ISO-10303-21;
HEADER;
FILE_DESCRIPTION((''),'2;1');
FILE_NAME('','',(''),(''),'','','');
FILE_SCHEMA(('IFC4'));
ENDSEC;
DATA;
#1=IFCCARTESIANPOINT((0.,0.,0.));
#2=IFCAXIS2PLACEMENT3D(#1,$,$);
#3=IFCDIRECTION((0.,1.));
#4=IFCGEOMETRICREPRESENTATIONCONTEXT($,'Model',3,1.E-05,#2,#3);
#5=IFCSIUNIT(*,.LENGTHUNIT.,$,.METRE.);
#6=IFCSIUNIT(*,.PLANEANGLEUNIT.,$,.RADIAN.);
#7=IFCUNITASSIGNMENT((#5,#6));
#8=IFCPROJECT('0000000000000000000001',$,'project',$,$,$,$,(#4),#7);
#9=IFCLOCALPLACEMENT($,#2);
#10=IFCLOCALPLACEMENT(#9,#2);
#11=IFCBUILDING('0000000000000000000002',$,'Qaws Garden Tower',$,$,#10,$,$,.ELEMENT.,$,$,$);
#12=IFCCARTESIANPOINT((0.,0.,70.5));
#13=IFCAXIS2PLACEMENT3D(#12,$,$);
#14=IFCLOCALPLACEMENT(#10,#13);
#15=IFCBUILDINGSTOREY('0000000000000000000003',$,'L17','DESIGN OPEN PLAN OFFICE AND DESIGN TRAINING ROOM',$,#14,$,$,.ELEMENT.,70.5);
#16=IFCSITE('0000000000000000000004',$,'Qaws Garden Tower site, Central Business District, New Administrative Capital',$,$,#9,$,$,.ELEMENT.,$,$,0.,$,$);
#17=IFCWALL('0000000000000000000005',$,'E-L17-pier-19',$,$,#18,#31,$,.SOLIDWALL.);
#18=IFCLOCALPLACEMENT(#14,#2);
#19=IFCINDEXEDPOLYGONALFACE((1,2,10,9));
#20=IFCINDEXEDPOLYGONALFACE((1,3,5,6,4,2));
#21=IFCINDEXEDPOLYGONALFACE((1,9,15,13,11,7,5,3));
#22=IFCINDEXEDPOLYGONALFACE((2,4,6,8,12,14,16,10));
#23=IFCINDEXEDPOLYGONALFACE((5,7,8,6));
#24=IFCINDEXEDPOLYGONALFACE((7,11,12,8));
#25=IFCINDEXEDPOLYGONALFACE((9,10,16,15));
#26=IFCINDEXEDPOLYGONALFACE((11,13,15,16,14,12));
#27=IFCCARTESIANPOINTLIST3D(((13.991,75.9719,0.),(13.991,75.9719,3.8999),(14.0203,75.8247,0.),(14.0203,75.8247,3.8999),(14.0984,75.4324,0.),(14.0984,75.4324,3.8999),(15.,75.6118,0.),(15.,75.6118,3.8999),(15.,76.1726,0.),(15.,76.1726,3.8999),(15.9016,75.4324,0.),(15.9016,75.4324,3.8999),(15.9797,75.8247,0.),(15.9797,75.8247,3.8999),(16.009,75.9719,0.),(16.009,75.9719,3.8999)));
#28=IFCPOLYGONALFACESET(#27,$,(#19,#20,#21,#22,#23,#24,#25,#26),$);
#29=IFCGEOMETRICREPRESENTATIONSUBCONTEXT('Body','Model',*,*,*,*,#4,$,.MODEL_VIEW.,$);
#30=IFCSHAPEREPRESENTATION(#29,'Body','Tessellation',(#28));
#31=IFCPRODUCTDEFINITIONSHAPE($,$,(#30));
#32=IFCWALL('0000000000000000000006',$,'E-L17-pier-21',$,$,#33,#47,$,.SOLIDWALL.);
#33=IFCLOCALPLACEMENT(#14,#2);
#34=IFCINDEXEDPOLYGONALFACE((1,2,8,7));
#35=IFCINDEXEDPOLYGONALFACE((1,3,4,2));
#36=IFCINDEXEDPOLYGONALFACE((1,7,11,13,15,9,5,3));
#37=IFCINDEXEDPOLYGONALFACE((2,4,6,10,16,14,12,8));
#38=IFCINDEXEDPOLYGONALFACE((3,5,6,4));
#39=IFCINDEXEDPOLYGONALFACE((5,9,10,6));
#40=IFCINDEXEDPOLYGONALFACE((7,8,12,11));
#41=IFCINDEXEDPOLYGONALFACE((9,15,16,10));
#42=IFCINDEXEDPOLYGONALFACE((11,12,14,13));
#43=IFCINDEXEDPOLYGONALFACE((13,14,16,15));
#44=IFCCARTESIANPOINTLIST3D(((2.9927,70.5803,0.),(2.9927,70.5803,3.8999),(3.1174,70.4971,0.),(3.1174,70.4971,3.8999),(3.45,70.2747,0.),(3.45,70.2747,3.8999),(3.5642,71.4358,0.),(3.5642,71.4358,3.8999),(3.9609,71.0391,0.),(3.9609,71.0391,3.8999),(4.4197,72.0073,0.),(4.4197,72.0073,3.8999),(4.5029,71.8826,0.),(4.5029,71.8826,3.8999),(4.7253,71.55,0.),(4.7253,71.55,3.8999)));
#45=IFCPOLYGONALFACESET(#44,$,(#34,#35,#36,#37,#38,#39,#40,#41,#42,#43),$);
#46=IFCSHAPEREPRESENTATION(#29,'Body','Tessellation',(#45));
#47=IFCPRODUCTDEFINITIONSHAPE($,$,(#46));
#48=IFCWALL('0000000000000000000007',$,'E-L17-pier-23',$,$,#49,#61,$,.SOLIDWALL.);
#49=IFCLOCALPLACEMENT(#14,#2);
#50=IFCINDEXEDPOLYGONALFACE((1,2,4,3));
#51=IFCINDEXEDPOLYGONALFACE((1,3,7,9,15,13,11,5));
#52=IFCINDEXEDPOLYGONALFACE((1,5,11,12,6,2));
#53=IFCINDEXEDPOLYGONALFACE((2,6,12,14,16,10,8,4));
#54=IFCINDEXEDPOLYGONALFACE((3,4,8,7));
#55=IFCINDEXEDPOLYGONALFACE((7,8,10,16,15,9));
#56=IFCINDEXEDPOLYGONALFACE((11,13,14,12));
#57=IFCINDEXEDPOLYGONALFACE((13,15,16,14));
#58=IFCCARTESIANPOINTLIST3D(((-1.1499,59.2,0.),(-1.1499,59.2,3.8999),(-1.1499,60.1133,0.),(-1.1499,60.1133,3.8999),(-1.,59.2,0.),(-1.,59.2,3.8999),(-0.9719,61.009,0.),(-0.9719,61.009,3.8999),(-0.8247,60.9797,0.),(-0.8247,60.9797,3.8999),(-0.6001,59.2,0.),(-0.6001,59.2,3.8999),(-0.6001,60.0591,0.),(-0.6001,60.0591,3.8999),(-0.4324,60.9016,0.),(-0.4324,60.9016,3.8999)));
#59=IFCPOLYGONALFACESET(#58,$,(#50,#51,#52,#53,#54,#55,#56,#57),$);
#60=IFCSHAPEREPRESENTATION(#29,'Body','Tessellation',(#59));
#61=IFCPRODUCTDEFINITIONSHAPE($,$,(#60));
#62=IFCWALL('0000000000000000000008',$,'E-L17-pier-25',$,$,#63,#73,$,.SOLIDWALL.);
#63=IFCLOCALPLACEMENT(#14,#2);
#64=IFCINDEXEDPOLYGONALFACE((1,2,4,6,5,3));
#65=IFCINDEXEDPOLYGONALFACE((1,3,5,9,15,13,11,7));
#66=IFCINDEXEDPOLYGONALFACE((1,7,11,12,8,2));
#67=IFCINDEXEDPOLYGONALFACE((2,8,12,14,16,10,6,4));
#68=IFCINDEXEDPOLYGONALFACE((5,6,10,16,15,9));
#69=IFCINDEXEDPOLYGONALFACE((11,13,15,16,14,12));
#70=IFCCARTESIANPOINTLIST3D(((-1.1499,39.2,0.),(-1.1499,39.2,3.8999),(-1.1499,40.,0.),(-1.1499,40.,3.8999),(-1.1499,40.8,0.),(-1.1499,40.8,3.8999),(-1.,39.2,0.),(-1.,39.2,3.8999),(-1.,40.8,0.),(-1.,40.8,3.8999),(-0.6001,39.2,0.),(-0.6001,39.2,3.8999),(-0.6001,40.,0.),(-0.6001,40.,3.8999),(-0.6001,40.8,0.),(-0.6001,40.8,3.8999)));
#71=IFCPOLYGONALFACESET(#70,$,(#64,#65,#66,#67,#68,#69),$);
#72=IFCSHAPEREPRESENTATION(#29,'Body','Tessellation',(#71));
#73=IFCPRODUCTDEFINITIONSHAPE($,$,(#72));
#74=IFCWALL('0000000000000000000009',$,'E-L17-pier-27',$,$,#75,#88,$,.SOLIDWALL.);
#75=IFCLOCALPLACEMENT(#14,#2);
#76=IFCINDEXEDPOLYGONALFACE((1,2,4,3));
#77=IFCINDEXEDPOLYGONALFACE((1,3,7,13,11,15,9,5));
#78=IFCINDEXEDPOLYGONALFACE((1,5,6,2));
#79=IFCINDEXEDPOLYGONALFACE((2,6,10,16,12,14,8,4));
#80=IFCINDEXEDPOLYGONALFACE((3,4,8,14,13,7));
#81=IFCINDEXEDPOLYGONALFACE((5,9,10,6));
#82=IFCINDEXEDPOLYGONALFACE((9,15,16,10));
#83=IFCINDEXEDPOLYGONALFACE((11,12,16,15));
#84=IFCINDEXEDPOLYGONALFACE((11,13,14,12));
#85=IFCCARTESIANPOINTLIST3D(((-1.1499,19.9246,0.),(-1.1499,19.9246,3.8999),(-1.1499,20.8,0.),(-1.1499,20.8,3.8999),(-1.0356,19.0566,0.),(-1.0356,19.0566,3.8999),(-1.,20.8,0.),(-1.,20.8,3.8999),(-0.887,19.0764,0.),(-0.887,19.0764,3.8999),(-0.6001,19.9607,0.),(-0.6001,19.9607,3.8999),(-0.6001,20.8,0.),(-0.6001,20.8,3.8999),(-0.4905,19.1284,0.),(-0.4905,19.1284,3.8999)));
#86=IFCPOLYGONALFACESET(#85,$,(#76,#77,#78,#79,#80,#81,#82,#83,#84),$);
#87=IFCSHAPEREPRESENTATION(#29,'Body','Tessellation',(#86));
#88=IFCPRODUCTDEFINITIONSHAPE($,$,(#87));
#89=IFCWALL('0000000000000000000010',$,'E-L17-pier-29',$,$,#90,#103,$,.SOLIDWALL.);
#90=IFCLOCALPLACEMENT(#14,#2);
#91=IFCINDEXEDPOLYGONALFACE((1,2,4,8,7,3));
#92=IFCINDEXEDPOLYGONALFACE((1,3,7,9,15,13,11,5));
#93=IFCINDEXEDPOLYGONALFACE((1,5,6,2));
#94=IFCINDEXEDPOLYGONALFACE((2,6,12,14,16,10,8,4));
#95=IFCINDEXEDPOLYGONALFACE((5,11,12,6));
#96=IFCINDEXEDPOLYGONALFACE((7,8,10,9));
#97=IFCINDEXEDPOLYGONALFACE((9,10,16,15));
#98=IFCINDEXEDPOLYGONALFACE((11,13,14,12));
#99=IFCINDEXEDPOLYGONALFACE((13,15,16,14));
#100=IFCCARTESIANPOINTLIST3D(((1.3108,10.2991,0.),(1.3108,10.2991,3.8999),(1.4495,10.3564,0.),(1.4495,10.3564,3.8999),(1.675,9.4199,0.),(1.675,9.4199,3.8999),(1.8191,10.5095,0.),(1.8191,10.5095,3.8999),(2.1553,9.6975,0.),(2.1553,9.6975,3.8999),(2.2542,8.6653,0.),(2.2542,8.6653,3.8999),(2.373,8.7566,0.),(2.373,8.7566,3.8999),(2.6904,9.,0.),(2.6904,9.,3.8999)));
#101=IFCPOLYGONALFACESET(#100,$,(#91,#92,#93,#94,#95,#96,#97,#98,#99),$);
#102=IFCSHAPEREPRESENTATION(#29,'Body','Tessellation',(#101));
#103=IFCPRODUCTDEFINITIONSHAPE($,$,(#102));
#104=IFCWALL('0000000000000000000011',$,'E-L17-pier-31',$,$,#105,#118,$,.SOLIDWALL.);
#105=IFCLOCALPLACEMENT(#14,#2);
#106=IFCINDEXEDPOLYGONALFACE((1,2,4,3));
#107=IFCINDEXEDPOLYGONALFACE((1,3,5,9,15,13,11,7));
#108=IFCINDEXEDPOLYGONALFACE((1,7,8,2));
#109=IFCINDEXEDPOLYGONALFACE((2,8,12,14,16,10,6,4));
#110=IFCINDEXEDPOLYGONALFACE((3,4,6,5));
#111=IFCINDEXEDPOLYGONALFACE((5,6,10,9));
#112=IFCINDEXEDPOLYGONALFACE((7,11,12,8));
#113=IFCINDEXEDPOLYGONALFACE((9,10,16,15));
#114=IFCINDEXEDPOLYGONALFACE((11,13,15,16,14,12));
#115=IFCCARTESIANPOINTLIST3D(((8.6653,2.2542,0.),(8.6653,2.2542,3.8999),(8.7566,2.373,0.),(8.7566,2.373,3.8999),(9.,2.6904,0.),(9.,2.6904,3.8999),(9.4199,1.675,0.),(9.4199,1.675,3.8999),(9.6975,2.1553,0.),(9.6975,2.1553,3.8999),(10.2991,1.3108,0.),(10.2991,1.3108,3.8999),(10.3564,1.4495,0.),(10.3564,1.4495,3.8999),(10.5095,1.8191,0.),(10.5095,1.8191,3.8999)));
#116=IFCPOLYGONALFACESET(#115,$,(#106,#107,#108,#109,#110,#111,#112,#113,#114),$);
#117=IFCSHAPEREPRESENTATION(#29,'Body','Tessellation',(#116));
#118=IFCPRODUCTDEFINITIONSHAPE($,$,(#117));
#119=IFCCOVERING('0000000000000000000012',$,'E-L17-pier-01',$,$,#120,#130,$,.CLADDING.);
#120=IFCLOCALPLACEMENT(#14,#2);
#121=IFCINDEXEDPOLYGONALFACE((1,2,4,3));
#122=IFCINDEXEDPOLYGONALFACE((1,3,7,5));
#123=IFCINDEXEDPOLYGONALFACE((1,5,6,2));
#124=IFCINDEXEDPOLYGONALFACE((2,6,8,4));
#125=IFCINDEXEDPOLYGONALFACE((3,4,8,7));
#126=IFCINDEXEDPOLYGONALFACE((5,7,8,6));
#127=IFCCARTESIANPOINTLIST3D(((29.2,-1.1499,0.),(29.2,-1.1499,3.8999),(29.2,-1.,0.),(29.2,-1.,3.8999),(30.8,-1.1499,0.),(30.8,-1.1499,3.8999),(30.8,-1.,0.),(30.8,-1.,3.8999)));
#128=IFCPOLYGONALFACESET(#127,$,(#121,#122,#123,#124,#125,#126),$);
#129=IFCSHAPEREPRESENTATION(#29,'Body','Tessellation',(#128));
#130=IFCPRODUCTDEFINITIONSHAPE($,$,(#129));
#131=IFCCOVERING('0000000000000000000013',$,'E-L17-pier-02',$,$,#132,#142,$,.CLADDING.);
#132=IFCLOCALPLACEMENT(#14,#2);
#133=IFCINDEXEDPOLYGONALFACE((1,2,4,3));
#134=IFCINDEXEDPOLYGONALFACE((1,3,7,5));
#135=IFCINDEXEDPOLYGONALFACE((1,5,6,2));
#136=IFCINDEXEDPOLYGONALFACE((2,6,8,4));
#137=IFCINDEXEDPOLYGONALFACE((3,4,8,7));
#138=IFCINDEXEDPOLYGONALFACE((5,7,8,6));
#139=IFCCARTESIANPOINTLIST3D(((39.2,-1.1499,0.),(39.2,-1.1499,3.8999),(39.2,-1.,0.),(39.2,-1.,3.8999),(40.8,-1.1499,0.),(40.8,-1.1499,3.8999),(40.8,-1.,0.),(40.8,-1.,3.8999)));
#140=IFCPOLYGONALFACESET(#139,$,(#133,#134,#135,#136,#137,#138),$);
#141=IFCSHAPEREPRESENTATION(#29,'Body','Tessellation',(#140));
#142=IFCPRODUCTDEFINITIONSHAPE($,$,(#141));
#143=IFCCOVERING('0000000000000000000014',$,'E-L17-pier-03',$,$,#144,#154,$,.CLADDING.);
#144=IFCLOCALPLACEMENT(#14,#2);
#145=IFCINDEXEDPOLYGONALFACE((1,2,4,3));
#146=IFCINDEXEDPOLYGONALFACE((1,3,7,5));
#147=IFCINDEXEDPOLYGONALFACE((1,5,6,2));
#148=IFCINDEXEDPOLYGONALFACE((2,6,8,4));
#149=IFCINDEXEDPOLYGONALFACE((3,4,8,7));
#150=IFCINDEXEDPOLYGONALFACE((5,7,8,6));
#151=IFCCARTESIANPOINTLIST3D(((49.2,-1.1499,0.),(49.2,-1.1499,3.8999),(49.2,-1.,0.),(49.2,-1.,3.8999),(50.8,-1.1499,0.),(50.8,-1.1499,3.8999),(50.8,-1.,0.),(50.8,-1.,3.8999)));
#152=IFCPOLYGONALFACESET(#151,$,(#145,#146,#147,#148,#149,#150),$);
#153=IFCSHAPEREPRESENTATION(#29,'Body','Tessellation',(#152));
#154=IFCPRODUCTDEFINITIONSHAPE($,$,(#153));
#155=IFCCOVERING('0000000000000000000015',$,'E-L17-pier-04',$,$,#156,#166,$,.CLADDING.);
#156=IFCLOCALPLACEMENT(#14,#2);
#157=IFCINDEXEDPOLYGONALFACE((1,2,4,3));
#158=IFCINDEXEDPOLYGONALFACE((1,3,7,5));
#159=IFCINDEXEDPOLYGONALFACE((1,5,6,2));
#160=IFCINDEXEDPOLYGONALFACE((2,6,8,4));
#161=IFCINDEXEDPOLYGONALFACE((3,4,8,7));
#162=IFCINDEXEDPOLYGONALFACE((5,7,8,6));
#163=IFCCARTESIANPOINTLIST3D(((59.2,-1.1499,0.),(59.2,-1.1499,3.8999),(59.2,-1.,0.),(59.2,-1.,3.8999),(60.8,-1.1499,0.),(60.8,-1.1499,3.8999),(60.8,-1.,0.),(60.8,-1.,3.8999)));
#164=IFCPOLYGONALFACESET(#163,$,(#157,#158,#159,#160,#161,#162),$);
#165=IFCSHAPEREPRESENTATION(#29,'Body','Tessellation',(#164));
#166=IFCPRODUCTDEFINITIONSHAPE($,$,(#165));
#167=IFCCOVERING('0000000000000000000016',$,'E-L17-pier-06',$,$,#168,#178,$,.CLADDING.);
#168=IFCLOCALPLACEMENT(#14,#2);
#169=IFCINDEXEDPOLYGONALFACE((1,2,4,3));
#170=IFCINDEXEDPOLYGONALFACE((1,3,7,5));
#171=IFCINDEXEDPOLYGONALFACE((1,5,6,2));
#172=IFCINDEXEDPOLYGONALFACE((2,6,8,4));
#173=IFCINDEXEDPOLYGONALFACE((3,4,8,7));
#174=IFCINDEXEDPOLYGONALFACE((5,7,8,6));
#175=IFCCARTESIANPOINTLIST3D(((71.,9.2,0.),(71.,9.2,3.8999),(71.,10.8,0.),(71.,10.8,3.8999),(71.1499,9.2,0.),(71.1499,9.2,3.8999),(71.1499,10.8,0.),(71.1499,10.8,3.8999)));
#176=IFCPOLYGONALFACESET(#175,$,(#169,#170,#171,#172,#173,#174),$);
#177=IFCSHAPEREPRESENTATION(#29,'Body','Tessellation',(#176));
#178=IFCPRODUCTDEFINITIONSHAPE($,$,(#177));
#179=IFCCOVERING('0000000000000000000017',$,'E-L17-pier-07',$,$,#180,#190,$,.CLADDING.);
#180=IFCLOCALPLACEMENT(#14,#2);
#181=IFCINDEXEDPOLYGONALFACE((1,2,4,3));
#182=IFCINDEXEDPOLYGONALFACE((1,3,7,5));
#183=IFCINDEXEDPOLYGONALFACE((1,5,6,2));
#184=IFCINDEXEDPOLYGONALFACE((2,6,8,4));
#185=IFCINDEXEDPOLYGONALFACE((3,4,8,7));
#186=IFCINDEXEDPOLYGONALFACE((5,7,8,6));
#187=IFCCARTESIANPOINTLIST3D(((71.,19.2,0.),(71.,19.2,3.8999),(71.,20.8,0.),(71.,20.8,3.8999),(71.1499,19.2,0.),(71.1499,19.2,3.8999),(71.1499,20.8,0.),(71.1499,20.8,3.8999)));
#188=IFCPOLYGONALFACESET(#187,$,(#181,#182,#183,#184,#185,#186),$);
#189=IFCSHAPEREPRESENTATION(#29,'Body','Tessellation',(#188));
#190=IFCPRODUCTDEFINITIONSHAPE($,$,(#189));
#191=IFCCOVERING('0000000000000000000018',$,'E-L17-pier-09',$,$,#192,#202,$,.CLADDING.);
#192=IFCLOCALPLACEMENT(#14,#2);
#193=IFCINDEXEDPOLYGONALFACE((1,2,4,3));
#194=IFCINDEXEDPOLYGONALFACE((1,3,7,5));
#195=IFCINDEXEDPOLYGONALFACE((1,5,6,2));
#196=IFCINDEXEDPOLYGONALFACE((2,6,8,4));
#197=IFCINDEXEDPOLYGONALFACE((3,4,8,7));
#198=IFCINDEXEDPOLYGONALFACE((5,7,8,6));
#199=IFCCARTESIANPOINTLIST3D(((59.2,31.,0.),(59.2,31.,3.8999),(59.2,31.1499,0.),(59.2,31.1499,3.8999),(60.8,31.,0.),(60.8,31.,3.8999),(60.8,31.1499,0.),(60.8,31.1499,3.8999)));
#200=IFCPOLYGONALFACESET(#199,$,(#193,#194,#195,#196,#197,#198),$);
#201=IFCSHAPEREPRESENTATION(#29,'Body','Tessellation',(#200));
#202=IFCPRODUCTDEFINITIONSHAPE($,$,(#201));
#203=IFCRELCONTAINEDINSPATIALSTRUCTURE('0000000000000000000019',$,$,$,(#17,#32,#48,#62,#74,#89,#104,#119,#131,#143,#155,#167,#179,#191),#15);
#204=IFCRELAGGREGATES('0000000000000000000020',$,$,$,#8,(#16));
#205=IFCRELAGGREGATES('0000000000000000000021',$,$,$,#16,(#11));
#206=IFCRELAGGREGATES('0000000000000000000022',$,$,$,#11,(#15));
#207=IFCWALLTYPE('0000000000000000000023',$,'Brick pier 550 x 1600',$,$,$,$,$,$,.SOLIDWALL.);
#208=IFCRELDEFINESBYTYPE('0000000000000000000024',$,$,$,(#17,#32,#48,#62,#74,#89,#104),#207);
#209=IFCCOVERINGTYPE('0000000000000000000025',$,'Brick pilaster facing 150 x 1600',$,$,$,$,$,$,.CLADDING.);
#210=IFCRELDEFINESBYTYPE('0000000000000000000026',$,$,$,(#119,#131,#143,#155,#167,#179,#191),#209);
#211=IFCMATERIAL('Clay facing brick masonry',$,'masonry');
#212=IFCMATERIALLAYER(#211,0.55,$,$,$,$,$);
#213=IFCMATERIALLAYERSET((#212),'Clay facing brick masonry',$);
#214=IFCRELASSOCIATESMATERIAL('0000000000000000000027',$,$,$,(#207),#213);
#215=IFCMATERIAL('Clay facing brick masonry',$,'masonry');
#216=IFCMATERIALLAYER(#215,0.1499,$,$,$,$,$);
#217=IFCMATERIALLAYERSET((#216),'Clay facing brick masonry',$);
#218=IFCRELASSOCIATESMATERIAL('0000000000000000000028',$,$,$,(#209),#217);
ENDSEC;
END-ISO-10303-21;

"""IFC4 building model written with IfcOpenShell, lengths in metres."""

from ifc_helpers import new_model, si_unit, direction, frame, origin, place, context, subcontext, project, spatial, polyline, outline, extrude, material, layer, layer_set, type_object, element, save


model = new_model("IFC4")

# Units and contexts
model_context = context("Model", 3, precision=1e-05, world=origin(), true_north=direction((0.0, 1.0)))
body_context = subcontext(model_context, "Body", "Model", "MODEL_VIEW")
ifc_project = project(units=[si_unit("LENGTHUNIT", "METRE"), si_unit("PLANEANGLEUNIT", "RADIAN")], contexts=[model_context])

# Site, building, storey
site_placement = place(None, origin())
site = spatial("IfcSite", under=ifc_project, at=site_placement, Name="Qaws Garden Tower site, Central Business District, New Administrative Capital", CompositionType="ELEMENT", RefElevation=0.0)
building_placement = place(site_placement, origin())
building = spatial("IfcBuilding", under=site, at=building_placement, Name="Qaws Garden Tower", CompositionType="ELEMENT")
storey_placement = place(building_placement, frame((0.0, 0.0, 70.5)))
storey = spatial("IfcBuildingStorey", under=building, at=storey_placement, Name="L17", Description="DESIGN OPEN PLAN OFFICE AND DESIGN TRAINING ROOM", CompositionType="ELEMENT", Elevation=70.5)

# Walls
placement = place(storey_placement, origin())
ifc_material_1 = material(Name="Clay facing brick masonry", Category="masonry")
ifc_layer_1 = layer(ifc_material_1, 0.55)
ifc_layer_set_1 = layer_set([ifc_layer_1], Name="Clay facing brick masonry")
wall_type_1 = type_object("IfcWallType", Name="Brick pier 550 x 1600", PredefinedType="SOLIDWALL", material=ifc_layer_set_1)
element("IfcWall", 1, at=placement, inside=storey, type_object=wall_type_1, Name="E-L17-pier-19", PredefinedType="SOLIDWALL", context=body_context, shape_type="SweptSolid", body=[
    extrude(outline(polyline([(15.9797, 75.8247), (16.009, 75.9719), (15.0, 76.1726), (13.991, 75.9719), (14.0203, 75.8247), (14.0984, 75.4324), (15.0, 75.6118), (15.9016, 75.4324), (15.9797, 75.8247)])), origin(), (0.0, 0.0, 1.0), 3.8999),
])
element("IfcWall", 2, at=placement, inside=storey, type_object=wall_type_1, Name="E-L17-pier-21", PredefinedType="SOLIDWALL", context=body_context, shape_type="SweptSolid", body=[
    extrude(outline(polyline([(4.5029, 71.8826), (4.4197, 72.0073), (3.5642, 71.4358), (2.9927, 70.5803), (3.1174, 70.4971), (3.45, 70.2747), (3.9609, 71.0391), (4.7253, 71.55), (4.5029, 71.8826)])), origin(), (0.0, 0.0, 1.0), 3.8999),
])
element("IfcWall", 3, at=placement, inside=storey, type_object=wall_type_1, Name="E-L17-pier-23", PredefinedType="SOLIDWALL", context=body_context, shape_type="SweptSolid", body=[
    extrude(outline(polyline([(-0.8247, 60.9797), (-0.9719, 61.009), (-1.1499, 60.1133), (-1.1499, 59.2), (-1.0, 59.2), (-0.6001, 59.2), (-0.6001, 60.0591), (-0.4324, 60.9016), (-0.8247, 60.9797)])), origin(), (0.0, 0.0, 1.0), 3.8999),
])
element("IfcWall", 4, at=placement, inside=storey, type_object=wall_type_1, Name="E-L17-pier-25", PredefinedType="SOLIDWALL", context=body_context, shape_type="SweptSolid", body=[
    extrude(outline(polyline([(-1.0, 40.8), (-1.1499, 40.8), (-1.1499, 40.0), (-1.1499, 39.2), (-1.0, 39.2), (-0.6001, 39.2), (-0.6001, 40.0), (-0.6001, 40.8), (-1.0, 40.8)])), origin(), (0.0, 0.0, 1.0), 3.8999),
])
element("IfcWall", 5, at=placement, inside=storey, type_object=wall_type_1, Name="E-L17-pier-27", PredefinedType="SOLIDWALL", context=body_context, shape_type="SweptSolid", body=[
    extrude(outline(polyline([(-1.0, 20.8), (-1.1499, 20.8), (-1.1499, 19.9246), (-1.0356, 19.0566), (-0.887, 19.0764), (-0.4905, 19.1284), (-0.6001, 19.9607), (-0.6001, 20.8), (-1.0, 20.8)])), origin(), (0.0, 0.0, 1.0), 3.8999),
])
element("IfcWall", 6, at=placement, inside=storey, type_object=wall_type_1, Name="E-L17-pier-29", PredefinedType="SOLIDWALL", context=body_context, shape_type="SweptSolid", body=[
    extrude(outline(polyline([(1.4495, 10.3564), (1.3108, 10.2991), (1.675, 9.4199), (2.2542, 8.6653), (2.373, 8.7566), (2.6904, 9.0), (2.1553, 9.6975), (1.8191, 10.5095), (1.4495, 10.3564)])), origin(), (0.0, 0.0, 1.0), 3.8999),
])
element("IfcWall", 7, at=placement, inside=storey, type_object=wall_type_1, Name="E-L17-pier-31", PredefinedType="SOLIDWALL", context=body_context, shape_type="SweptSolid", body=[
    extrude(outline(polyline([(8.7566, 2.373), (8.6653, 2.2542), (9.4199, 1.675), (10.2991, 1.3108), (10.3564, 1.4495), (10.5095, 1.8191), (9.6975, 2.1553), (9.0, 2.6904), (8.7566, 2.373)])), origin(), (0.0, 0.0, 1.0), 3.8999),
])

# Coverings
ifc_material_2 = material(Name="Clay facing brick masonry", Category="masonry")
ifc_layer_2 = layer(ifc_material_2, 0.1499)
ifc_layer_set_2 = layer_set([ifc_layer_2], Name="Clay facing brick masonry")
covering_type = type_object("IfcCoveringType", Name="Brick pilaster facing 150 x 1600", PredefinedType="CLADDING", material=ifc_layer_set_2)
element("IfcCovering", 8, at=placement, inside=storey, type_object=covering_type, Name="E-L17-pier-01", PredefinedType="CLADDING", context=body_context, shape_type="SweptSolid", body=[
    extrude(outline(polyline([(29.2, -1.0), (30.8, -1.0), (30.8, -1.1499), (29.2, -1.1499), (29.2, -1.0)])), origin(), (0.0, 0.0, 1.0), 3.8999),
])
element("IfcCovering", 9, at=placement, inside=storey, type_object=covering_type, Name="E-L17-pier-02", PredefinedType="CLADDING", context=body_context, shape_type="SweptSolid", body=[
    extrude(outline(polyline([(39.2, -1.0), (40.8, -1.0), (40.8, -1.1499), (39.2, -1.1499), (39.2, -1.0)])), origin(), (0.0, 0.0, 1.0), 3.8999),
])
element("IfcCovering", 10, at=placement, inside=storey, type_object=covering_type, Name="E-L17-pier-03", PredefinedType="CLADDING", context=body_context, shape_type="SweptSolid", body=[
    extrude(outline(polyline([(49.2, -1.0), (50.8, -1.0), (50.8, -1.1499), (49.2, -1.1499), (49.2, -1.0)])), origin(), (0.0, 0.0, 1.0), 3.8999),
])
element("IfcCovering", 11, at=placement, inside=storey, type_object=covering_type, Name="E-L17-pier-04", PredefinedType="CLADDING", context=body_context, shape_type="SweptSolid", body=[
    extrude(outline(polyline([(59.2, -1.0), (60.8, -1.0), (60.8, -1.1499), (59.2, -1.1499), (59.2, -1.0)])), origin(), (0.0, 0.0, 1.0), 3.8999),
])
element("IfcCovering", 12, at=placement, inside=storey, type_object=covering_type, Name="E-L17-pier-06", PredefinedType="CLADDING", context=body_context, shape_type="SweptSolid", body=[
    extrude(outline(polyline([(71.0, 9.2), (71.0, 10.8), (71.1499, 10.8), (71.1499, 9.2), (71.0, 9.2)])), origin(), (0.0, 0.0, 1.0), 3.8999),
])
element("IfcCovering", 13, at=placement, inside=storey, type_object=covering_type, Name="E-L17-pier-07", PredefinedType="CLADDING", context=body_context, shape_type="SweptSolid", body=[
    extrude(outline(polyline([(71.0, 19.2), (71.0, 20.8), (71.1499, 20.8), (71.1499, 19.2), (71.0, 19.2)])), origin(), (0.0, 0.0, 1.0), 3.8999),
])
element("IfcCovering", 14, at=placement, inside=storey, type_object=covering_type, Name="E-L17-pier-09", PredefinedType="CLADDING", context=body_context, shape_type="SweptSolid", body=[
    extrude(outline(polyline([(60.8, 31.0), (59.2, 31.0), (59.2, 31.1499), (60.8, 31.1499), (60.8, 31.0)])), origin(), (0.0, 0.0, 1.0), 3.8999),
])

save(model, "model.ifc")
